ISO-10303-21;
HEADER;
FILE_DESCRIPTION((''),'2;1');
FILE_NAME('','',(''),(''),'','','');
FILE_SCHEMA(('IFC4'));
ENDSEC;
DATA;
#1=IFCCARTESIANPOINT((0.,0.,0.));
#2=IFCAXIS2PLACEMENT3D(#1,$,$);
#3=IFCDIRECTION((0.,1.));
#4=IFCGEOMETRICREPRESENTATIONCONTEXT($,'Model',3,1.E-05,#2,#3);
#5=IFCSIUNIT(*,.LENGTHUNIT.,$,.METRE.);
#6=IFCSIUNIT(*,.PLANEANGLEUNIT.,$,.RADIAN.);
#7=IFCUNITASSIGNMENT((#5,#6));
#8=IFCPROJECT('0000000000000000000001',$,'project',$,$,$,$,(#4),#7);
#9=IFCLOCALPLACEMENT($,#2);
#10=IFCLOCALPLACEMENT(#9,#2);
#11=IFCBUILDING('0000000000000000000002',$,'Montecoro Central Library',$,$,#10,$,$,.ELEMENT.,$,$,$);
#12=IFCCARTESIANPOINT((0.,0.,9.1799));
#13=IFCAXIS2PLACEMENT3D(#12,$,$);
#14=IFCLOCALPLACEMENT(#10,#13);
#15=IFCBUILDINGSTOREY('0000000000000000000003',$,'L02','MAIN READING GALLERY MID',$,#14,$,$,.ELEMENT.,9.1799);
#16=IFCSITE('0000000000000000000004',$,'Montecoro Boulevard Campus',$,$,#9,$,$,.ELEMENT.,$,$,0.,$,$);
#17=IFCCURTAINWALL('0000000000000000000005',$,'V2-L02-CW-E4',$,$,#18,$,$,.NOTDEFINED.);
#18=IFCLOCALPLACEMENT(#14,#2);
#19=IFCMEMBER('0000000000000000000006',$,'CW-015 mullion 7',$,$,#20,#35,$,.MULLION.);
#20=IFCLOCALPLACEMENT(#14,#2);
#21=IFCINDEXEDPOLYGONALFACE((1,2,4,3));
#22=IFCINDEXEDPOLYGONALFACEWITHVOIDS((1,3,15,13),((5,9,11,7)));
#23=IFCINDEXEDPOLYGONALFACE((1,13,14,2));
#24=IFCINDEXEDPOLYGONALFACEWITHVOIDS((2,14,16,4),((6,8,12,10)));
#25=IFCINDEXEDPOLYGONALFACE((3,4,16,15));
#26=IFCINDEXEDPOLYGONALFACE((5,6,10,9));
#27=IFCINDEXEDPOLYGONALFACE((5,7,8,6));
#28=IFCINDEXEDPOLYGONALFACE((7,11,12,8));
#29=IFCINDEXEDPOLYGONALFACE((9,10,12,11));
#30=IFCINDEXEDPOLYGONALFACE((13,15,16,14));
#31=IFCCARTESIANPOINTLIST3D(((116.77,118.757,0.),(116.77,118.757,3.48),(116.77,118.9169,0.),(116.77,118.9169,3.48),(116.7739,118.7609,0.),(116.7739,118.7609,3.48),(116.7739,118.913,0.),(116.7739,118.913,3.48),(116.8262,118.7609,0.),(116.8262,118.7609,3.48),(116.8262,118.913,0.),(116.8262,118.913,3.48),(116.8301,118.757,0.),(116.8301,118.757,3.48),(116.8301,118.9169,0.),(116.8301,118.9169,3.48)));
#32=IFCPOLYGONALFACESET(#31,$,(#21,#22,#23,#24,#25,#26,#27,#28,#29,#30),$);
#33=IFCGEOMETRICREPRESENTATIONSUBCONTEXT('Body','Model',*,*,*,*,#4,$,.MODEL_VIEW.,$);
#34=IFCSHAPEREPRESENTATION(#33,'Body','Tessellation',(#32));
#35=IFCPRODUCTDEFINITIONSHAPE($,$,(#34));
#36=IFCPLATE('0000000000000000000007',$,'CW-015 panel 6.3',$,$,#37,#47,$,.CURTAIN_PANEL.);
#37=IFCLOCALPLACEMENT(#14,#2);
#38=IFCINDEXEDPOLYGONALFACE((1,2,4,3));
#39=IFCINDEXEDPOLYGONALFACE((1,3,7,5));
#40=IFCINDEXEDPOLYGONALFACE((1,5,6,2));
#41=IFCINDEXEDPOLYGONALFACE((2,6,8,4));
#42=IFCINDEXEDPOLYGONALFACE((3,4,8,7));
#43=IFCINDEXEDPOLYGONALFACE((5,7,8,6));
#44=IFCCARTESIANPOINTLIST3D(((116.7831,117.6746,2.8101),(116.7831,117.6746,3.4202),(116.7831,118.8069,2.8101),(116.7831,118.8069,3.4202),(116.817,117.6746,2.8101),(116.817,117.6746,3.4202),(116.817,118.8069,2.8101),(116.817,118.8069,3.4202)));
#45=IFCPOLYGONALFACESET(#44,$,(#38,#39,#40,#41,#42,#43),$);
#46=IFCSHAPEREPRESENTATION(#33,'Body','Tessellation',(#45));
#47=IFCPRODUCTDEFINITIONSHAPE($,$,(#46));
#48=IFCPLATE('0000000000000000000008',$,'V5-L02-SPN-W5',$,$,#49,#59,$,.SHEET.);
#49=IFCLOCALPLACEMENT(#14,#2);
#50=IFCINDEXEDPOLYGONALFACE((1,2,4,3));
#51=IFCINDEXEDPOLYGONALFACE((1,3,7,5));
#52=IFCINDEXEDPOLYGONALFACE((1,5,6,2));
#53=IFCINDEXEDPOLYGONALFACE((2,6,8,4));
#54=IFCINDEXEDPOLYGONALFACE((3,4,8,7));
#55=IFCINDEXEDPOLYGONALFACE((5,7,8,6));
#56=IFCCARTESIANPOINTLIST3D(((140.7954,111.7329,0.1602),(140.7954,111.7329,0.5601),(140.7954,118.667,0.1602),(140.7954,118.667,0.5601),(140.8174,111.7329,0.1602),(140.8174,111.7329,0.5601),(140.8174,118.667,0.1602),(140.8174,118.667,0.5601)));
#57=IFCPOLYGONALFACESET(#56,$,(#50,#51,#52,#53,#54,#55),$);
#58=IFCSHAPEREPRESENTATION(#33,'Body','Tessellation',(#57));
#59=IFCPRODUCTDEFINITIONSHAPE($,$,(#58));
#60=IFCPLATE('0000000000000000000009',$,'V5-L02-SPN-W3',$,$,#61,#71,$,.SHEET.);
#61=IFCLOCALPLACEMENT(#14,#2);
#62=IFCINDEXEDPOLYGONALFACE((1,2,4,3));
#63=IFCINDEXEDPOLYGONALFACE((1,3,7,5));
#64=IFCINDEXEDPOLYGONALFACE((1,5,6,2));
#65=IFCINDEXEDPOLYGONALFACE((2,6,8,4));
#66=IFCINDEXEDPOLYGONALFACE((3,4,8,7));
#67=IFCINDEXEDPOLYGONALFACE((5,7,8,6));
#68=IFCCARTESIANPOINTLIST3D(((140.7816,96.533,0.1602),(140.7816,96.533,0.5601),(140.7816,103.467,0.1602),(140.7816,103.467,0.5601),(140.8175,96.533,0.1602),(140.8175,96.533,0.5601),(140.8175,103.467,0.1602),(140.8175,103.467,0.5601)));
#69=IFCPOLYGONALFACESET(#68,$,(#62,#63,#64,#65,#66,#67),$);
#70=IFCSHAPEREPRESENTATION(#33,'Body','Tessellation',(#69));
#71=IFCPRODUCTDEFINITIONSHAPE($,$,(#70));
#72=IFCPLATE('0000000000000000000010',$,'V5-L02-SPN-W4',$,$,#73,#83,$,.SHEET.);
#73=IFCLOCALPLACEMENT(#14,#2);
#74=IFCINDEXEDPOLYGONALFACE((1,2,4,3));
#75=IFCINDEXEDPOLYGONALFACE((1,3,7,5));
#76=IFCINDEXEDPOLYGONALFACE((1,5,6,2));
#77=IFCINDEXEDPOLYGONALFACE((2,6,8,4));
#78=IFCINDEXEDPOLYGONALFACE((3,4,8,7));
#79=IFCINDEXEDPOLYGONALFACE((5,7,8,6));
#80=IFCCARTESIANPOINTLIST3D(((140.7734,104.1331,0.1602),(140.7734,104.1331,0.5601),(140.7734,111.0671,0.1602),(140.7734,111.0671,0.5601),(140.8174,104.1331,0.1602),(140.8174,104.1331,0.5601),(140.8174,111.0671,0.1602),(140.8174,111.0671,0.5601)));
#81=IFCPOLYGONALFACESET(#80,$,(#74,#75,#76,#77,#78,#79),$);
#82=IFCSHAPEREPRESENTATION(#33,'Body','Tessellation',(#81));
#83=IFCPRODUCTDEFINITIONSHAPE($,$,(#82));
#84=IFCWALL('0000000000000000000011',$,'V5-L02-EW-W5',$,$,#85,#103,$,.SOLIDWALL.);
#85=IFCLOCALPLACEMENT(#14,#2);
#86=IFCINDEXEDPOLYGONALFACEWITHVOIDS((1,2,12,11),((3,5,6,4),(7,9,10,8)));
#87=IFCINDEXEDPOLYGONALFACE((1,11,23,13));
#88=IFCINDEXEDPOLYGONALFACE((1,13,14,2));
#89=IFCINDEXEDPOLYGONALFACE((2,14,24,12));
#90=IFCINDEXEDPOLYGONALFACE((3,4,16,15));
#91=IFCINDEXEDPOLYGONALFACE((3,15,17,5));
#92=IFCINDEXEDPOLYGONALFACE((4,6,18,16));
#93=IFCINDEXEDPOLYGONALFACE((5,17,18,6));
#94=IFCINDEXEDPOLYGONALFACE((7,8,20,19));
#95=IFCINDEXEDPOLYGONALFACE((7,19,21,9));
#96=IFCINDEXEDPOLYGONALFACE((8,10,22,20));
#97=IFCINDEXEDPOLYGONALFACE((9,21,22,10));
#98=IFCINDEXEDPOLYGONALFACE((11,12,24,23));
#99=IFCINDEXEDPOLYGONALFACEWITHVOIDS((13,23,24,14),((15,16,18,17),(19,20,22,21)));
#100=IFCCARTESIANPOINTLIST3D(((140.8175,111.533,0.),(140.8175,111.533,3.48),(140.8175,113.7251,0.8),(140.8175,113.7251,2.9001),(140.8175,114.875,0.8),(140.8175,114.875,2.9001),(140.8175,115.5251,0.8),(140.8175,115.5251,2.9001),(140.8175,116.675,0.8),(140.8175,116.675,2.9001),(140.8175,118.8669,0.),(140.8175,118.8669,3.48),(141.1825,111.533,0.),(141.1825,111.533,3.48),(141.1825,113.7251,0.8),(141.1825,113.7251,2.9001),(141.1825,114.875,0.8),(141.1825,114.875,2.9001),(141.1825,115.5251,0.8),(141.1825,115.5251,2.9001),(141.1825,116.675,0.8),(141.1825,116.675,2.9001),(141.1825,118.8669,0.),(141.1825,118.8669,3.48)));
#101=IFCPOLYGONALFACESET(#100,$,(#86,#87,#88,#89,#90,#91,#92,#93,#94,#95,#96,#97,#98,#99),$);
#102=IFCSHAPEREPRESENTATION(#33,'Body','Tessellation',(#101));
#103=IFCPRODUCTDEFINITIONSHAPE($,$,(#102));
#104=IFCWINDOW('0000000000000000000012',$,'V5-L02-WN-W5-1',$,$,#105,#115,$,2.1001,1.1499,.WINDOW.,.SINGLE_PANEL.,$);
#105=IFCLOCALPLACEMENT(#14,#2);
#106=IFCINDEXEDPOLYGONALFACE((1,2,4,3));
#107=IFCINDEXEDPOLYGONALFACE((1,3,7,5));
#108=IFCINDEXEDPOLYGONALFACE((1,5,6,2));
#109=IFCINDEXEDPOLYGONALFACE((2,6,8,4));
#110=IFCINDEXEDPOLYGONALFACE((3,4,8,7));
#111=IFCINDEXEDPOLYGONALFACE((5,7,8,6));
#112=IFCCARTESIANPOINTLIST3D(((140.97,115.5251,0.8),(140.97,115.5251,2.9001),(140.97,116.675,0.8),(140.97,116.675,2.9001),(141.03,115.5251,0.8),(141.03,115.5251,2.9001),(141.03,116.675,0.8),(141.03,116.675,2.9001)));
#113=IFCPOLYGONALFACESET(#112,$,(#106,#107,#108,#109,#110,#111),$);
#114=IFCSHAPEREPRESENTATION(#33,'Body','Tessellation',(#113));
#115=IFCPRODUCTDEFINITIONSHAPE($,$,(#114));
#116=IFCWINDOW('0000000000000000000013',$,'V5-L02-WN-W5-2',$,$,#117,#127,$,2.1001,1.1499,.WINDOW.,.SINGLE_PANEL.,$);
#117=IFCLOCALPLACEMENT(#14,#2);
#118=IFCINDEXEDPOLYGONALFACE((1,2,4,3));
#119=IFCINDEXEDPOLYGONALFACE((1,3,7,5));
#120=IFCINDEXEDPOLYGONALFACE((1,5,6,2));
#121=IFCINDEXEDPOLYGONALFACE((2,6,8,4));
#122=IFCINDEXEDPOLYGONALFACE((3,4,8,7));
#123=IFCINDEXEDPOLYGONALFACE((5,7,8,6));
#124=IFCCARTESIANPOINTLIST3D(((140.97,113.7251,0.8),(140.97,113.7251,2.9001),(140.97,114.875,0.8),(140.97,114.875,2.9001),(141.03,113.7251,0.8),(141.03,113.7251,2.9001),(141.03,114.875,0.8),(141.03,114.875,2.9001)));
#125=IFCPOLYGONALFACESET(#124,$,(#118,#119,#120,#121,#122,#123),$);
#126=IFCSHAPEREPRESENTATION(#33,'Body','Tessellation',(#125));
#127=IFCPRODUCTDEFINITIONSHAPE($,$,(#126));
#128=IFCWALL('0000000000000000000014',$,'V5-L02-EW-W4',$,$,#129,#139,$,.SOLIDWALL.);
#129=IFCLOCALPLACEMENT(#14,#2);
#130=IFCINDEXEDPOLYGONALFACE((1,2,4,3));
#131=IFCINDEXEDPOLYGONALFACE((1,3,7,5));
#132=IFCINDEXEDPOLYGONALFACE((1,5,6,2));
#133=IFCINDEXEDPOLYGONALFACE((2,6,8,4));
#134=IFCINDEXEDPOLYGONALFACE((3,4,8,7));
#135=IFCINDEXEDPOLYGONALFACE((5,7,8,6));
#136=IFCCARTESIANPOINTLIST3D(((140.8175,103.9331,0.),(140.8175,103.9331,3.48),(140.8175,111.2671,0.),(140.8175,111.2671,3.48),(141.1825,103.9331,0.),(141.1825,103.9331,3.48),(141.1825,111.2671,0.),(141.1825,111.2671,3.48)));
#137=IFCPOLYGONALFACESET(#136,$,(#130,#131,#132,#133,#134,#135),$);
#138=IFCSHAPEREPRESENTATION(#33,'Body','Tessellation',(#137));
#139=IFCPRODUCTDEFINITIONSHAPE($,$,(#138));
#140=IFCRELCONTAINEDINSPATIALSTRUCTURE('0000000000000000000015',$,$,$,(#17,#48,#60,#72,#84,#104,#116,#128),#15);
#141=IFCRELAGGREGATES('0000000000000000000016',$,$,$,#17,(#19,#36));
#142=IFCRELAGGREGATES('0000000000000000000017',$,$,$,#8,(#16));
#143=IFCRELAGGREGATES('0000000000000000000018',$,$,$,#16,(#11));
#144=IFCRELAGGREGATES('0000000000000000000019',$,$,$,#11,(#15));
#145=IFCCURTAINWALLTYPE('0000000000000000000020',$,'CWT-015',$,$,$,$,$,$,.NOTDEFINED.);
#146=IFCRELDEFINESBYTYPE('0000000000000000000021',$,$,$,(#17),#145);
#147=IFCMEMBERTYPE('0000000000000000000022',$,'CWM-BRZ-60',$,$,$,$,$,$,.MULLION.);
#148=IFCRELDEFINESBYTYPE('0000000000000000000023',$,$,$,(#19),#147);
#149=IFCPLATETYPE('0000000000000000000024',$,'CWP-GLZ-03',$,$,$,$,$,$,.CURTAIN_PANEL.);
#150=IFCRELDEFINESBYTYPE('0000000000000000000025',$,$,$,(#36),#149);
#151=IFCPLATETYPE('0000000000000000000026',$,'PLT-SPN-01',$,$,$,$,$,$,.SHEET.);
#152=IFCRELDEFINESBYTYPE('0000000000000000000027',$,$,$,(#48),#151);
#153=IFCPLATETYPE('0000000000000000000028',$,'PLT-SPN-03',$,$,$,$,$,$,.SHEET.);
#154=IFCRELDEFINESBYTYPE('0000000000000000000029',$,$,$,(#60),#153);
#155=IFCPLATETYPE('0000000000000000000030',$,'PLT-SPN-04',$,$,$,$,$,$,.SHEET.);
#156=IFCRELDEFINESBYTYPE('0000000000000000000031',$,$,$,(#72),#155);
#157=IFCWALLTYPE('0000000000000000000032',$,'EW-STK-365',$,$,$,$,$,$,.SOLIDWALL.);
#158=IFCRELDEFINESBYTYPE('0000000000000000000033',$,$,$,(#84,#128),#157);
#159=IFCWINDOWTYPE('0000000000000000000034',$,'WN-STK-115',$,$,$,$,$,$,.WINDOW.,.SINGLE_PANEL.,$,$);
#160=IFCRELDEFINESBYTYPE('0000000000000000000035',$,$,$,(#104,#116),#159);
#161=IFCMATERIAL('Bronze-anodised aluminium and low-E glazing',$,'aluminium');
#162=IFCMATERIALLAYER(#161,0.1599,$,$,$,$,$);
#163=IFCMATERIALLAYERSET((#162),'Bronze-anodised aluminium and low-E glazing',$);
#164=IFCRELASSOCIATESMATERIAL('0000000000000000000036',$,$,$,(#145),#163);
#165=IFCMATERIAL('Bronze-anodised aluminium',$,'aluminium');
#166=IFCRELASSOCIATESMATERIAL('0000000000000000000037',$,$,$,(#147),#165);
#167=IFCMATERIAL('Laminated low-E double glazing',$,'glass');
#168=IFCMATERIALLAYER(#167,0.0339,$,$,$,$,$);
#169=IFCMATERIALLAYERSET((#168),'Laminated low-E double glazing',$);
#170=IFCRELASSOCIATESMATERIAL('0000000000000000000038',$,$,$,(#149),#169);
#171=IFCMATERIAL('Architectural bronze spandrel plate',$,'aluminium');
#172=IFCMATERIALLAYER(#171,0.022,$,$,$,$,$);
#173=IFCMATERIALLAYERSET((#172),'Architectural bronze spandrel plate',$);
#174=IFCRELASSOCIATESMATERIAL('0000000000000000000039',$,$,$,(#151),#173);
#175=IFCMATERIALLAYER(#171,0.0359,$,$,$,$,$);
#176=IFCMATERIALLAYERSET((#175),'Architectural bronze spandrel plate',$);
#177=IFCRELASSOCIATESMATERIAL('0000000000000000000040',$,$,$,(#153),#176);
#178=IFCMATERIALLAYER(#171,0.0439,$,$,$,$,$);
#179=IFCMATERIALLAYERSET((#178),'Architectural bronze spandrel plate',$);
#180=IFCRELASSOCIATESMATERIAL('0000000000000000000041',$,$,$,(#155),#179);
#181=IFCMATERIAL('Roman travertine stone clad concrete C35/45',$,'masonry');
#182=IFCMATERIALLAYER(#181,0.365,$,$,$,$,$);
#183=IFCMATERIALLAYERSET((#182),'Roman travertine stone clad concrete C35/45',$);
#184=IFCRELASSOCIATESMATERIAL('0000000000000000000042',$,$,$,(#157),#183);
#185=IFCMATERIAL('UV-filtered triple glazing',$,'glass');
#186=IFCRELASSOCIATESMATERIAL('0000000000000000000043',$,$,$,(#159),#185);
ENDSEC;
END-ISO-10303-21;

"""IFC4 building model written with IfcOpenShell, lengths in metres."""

from ifc_helpers import new_model, si_unit, direction, frame, frame_2d, origin, origin_2d, place, context, subcontext, project, spatial, rectangle, hollow_rectangle, extrude, material, layer, layer_set, material_profile, profile_set, type_object, element, fill, aggregate, save


model = new_model("IFC4")

# Units and contexts
model_context = context("Model", 3, precision=1e-05, world=origin(), true_north=direction((0.0, 1.0)))
body_context = subcontext(model_context, "Body", "Model", "MODEL_VIEW")
ifc_project = project(units=[si_unit("LENGTHUNIT", "METRE"), si_unit("PLANEANGLEUNIT", "RADIAN")], contexts=[model_context])

# Site, building, storey
site_placement = place(None, origin())
site = spatial("IfcSite", under=ifc_project, at=site_placement, Name="Montecoro Boulevard Campus", CompositionType="ELEMENT", RefElevation=0.0)
building_placement = place(site_placement, origin())
building = spatial("IfcBuilding", under=site, at=building_placement, Name="Montecoro Central Library", CompositionType="ELEMENT")
storey_placement = place(building_placement, frame((0.0, 0.0, 9.1799)))
storey = spatial("IfcBuildingStorey", under=building, at=storey_placement, Name="L02", Description="MAIN READING GALLERY MID", CompositionType="ELEMENT", Elevation=9.1799)

# Curtain wall, member, plate
ifc_material_1 = material(Name="Bronze-anodised aluminium and low-E glazing", Category="aluminium")
ifc_layer_1 = layer(ifc_material_1, 0.1599)
ifc_layer_set_1 = layer_set([ifc_layer_1], Name="Bronze-anodised aluminium and low-E glazing")
curtain_wall_type = type_object("IfcCurtainWallType", Name="CWT-015", PredefinedType="NOTDEFINED", material=ifc_layer_set_1)
curtain_wall_placement = place(storey_placement, origin())
curtain_wall = element("IfcCurtainWall", 1, at=curtain_wall_placement, inside=storey, type_object=curtain_wall_type, Name="V2-L02-CW-E4", PredefinedType="NOTDEFINED")
ifc_material_2 = material(Name="Bronze-anodised aluminium", Category="aluminium")
ifc_material_profile_1 = material_profile(ifc_material_2, hollow_rectangle(XDim=0.0601, YDim=0.1599, WallThickness=0.0039, at=origin_2d()), Name="CWM 160x60x4.0")
ifc_profile_set_1 = profile_set([ifc_material_profile_1], Name="Bronze-anodised aluminium")
member_type = type_object("IfcMemberType", Name="CWM-BRZ-60", PredefinedType="MULLION", material=ifc_profile_set_1)
member_placement = place(storey_placement, frame((116.8, 118.8369, 0.0), z_axis=(0.0, 0.0, 1.0), x_axis=(-1.0, 0.0, 0.0)))
member = element("IfcMember", 2, at=member_placement, type_object=member_type, Name="CW-015 mullion 7", PredefinedType="MULLION", context=body_context, shape_type="SweptSolid", body=[
    extrude(hollow_rectangle(XDim=0.0601, YDim=0.1599, WallThickness=0.0039, at=origin_2d()), origin(), (0.0, 0.0, 1.0), 3.48),
])
ifc_material_3 = material(Name="Laminated low-E double glazing", Category="glass")
ifc_layer_2 = layer(ifc_material_3, 0.0339)
ifc_layer_set_2 = layer_set([ifc_layer_2], Name="Laminated low-E double glazing")
plate_type_1 = type_object("IfcPlateType", Name="CWP-GLZ-03", PredefinedType="CURTAIN_PANEL", material=ifc_layer_set_2)
plate_1_placement = place(storey_placement, frame((116.8, 118.2407, 2.8101), z_axis=(0.0, 0.0, 1.0), x_axis=(0.0, 1.0, 0.0)))
plate_1 = element("IfcPlate", 3, at=plate_1_placement, type_object=plate_type_1, Name="CW-015 panel 6.3", PredefinedType="CURTAIN_PANEL", context=body_context, shape_type="SweptSolid", body=[
    extrude(rectangle(XDim=1.1323, YDim=0.0339, at=origin_2d()), origin(), (0.0, 0.0, 1.0), 0.6101),
])
aggregate(curtain_wall, [member, plate_1])

# Plates
ifc_material_4 = material(Name="Architectural bronze spandrel plate", Category="aluminium")
ifc_layer_3 = layer(ifc_material_4, 0.022)
ifc_layer_set_3 = layer_set([ifc_layer_3], Name="Architectural bronze spandrel plate")
plate_type_2 = type_object("IfcPlateType", Name="PLT-SPN-01", PredefinedType="SHEET", material=ifc_layer_set_3)
plate_2_placement = place(storey_placement, frame((140.8064, 115.2, 0.1602), z_axis=(0.0, 0.0, 1.0), x_axis=(0.0, -1.0, 0.0)))
element("IfcPlate", 4, at=plate_2_placement, inside=storey, type_object=plate_type_2, Name="V5-L02-SPN-W5", PredefinedType="SHEET", context=body_context, shape_type="SweptSolid", body=[
    extrude(rectangle(XDim=6.9341, YDim=0.022, at=origin_2d()), origin(), (0.0, 0.0, 1.0), 0.3999),
])
ifc_layer_4 = layer(ifc_material_4, 0.0359)
ifc_layer_set_4 = layer_set([ifc_layer_4], Name="Architectural bronze spandrel plate")
plate_type_3 = type_object("IfcPlateType", Name="PLT-SPN-03", PredefinedType="SHEET", material=ifc_layer_set_4)
plate_3_placement = place(storey_placement, frame((140.7996, 100.0, 0.1602), z_axis=(0.0, 0.0, 1.0), x_axis=(0.0, -1.0, 0.0)))
element("IfcPlate", 5, at=plate_3_placement, inside=storey, type_object=plate_type_3, Name="V5-L02-SPN-W3", PredefinedType="SHEET", context=body_context, shape_type="SweptSolid", body=[
    extrude(rectangle(XDim=6.9341, YDim=0.0359, at=origin_2d()), origin(), (0.0, 0.0, 1.0), 0.3999),
])
ifc_layer_5 = layer(ifc_material_4, 0.0439)
ifc_layer_set_5 = layer_set([ifc_layer_5], Name="Architectural bronze spandrel plate")
plate_type_4 = type_object("IfcPlateType", Name="PLT-SPN-04", PredefinedType="SHEET", material=ifc_layer_set_5)
plate_4_placement = place(storey_placement, frame((140.7954, 107.6001, 0.1602), z_axis=(0.0, 0.0, 1.0), x_axis=(0.0, -1.0, 0.0)))
element("IfcPlate", 6, at=plate_4_placement, inside=storey, type_object=plate_type_4, Name="V5-L02-SPN-W4", PredefinedType="SHEET", context=body_context, shape_type="SweptSolid", body=[
    extrude(rectangle(XDim=6.9341, YDim=0.0439, at=origin_2d()), origin(), (0.0, 0.0, 1.0), 0.3999),
])

# Wall, openings, windows
ifc_material_5 = material(Name="Roman travertine stone clad concrete C35/45", Category="masonry")
ifc_layer_6 = layer(ifc_material_5, 0.365)
ifc_layer_set_6 = layer_set([ifc_layer_6], Name="Roman travertine stone clad concrete C35/45")
wall_type_1 = type_object("IfcWallType", Name="EW-STK-365", PredefinedType="SOLIDWALL", material=ifc_layer_set_6)
wall_1_placement = place(storey_placement, frame((141.0, 118.8669, 0.0), z_axis=(0.0, 0.0, 1.0), x_axis=(0.0, -1.0, 0.0)))
wall_1 = element("IfcWall", 7, at=wall_1_placement, inside=storey, type_object=wall_type_1, Name="V5-L02-EW-W5", PredefinedType="SOLIDWALL", context=body_context, shape_type="SweptSolid", body=[
    extrude(rectangle(XDim=7.334, YDim=0.365, at=frame_2d((3.667, 0.0))), origin(), (0.0, 0.0, 1.0), 3.48),
])
opening_1_placement = place(wall_1_placement, frame((2.1919, 0.0, 0.8)))
opening_1 = element("IfcOpeningElement", 8, at=opening_1_placement, cuts=wall_1, PredefinedType="OPENING", context=body_context, shape_type="SweptSolid", body=[
    extrude(rectangle(XDim=1.1499, YDim=2.1001, at=frame_2d((0.575, 1.05))), frame((0.0, 0.1924, 0.0), z_axis=(0.0, -1.0, 0.0), x_axis=(1.0, 0.0, 0.0)), (0.0, 0.0, 1.0), 0.385),
])
opening_2_placement = place(wall_1_placement, frame((3.9919, 0.0, 0.8)))
opening_2 = element("IfcOpeningElement", 9, at=opening_2_placement, cuts=wall_1, PredefinedType="OPENING", context=body_context, shape_type="SweptSolid", body=[
    extrude(rectangle(XDim=1.1499, YDim=2.1001, at=frame_2d((0.575, 1.05))), frame((0.0, 0.1924, 0.0), z_axis=(0.0, -1.0, 0.0), x_axis=(1.0, 0.0, 0.0)), (0.0, 0.0, 1.0), 0.385),
])
ifc_material_6 = material(Name="UV-filtered triple glazing", Category="glass")
window_type_1 = type_object("IfcWindowType", Name="WN-STK-115", PartitioningType="SINGLE_PANEL", PredefinedType="WINDOW", material=ifc_material_6)
window_1_placement = place(opening_1_placement, origin())
window_1 = element("IfcWindow", 10, at=window_1_placement, inside=storey, type_object=window_type_1, Name="V5-L02-WN-W5-1", OverallHeight=2.1001, OverallWidth=1.1499, PartitioningType="SINGLE_PANEL", PredefinedType="WINDOW", context=body_context, shape_type="SweptSolid", body=[
    extrude(rectangle(XDim=1.1499, YDim=2.1001, at=frame_2d((0.575, 1.05))), frame((0.0, 0.03, 0.0), z_axis=(0.0, -1.0, 0.0), x_axis=(1.0, 0.0, 0.0)), (0.0, 0.0, 1.0), 0.0601),
])
fill(opening_1, window_1)
window_2_placement = place(opening_2_placement, origin())
window_2 = element("IfcWindow", 11, at=window_2_placement, inside=storey, type_object=window_type_1, Name="V5-L02-WN-W5-2", OverallHeight=2.1001, OverallWidth=1.1499, PartitioningType="SINGLE_PANEL", PredefinedType="WINDOW", context=body_context, shape_type="SweptSolid", body=[
    extrude(rectangle(XDim=1.1499, YDim=2.1001, at=frame_2d((0.575, 1.05))), frame((0.0, 0.03, 0.0), z_axis=(0.0, -1.0, 0.0), x_axis=(1.0, 0.0, 0.0)), (0.0, 0.0, 1.0), 0.0601),
])
fill(opening_2, window_2)

# Wall
wall_2_placement = place(storey_placement, frame((141.0, 111.2671, 0.0), z_axis=(0.0, 0.0, 1.0), x_axis=(0.0, -1.0, 0.0)))
element("IfcWall", 12, at=wall_2_placement, inside=storey, type_object=wall_type_1, Name="V5-L02-EW-W4", PredefinedType="SOLIDWALL", context=body_context, shape_type="SweptSolid", body=[
    extrude(rectangle(XDim=7.334, YDim=0.365, at=frame_2d((3.667, 0.0))), origin(), (0.0, 0.0, 1.0), 3.48),
])

save(model, "model.ifc")
